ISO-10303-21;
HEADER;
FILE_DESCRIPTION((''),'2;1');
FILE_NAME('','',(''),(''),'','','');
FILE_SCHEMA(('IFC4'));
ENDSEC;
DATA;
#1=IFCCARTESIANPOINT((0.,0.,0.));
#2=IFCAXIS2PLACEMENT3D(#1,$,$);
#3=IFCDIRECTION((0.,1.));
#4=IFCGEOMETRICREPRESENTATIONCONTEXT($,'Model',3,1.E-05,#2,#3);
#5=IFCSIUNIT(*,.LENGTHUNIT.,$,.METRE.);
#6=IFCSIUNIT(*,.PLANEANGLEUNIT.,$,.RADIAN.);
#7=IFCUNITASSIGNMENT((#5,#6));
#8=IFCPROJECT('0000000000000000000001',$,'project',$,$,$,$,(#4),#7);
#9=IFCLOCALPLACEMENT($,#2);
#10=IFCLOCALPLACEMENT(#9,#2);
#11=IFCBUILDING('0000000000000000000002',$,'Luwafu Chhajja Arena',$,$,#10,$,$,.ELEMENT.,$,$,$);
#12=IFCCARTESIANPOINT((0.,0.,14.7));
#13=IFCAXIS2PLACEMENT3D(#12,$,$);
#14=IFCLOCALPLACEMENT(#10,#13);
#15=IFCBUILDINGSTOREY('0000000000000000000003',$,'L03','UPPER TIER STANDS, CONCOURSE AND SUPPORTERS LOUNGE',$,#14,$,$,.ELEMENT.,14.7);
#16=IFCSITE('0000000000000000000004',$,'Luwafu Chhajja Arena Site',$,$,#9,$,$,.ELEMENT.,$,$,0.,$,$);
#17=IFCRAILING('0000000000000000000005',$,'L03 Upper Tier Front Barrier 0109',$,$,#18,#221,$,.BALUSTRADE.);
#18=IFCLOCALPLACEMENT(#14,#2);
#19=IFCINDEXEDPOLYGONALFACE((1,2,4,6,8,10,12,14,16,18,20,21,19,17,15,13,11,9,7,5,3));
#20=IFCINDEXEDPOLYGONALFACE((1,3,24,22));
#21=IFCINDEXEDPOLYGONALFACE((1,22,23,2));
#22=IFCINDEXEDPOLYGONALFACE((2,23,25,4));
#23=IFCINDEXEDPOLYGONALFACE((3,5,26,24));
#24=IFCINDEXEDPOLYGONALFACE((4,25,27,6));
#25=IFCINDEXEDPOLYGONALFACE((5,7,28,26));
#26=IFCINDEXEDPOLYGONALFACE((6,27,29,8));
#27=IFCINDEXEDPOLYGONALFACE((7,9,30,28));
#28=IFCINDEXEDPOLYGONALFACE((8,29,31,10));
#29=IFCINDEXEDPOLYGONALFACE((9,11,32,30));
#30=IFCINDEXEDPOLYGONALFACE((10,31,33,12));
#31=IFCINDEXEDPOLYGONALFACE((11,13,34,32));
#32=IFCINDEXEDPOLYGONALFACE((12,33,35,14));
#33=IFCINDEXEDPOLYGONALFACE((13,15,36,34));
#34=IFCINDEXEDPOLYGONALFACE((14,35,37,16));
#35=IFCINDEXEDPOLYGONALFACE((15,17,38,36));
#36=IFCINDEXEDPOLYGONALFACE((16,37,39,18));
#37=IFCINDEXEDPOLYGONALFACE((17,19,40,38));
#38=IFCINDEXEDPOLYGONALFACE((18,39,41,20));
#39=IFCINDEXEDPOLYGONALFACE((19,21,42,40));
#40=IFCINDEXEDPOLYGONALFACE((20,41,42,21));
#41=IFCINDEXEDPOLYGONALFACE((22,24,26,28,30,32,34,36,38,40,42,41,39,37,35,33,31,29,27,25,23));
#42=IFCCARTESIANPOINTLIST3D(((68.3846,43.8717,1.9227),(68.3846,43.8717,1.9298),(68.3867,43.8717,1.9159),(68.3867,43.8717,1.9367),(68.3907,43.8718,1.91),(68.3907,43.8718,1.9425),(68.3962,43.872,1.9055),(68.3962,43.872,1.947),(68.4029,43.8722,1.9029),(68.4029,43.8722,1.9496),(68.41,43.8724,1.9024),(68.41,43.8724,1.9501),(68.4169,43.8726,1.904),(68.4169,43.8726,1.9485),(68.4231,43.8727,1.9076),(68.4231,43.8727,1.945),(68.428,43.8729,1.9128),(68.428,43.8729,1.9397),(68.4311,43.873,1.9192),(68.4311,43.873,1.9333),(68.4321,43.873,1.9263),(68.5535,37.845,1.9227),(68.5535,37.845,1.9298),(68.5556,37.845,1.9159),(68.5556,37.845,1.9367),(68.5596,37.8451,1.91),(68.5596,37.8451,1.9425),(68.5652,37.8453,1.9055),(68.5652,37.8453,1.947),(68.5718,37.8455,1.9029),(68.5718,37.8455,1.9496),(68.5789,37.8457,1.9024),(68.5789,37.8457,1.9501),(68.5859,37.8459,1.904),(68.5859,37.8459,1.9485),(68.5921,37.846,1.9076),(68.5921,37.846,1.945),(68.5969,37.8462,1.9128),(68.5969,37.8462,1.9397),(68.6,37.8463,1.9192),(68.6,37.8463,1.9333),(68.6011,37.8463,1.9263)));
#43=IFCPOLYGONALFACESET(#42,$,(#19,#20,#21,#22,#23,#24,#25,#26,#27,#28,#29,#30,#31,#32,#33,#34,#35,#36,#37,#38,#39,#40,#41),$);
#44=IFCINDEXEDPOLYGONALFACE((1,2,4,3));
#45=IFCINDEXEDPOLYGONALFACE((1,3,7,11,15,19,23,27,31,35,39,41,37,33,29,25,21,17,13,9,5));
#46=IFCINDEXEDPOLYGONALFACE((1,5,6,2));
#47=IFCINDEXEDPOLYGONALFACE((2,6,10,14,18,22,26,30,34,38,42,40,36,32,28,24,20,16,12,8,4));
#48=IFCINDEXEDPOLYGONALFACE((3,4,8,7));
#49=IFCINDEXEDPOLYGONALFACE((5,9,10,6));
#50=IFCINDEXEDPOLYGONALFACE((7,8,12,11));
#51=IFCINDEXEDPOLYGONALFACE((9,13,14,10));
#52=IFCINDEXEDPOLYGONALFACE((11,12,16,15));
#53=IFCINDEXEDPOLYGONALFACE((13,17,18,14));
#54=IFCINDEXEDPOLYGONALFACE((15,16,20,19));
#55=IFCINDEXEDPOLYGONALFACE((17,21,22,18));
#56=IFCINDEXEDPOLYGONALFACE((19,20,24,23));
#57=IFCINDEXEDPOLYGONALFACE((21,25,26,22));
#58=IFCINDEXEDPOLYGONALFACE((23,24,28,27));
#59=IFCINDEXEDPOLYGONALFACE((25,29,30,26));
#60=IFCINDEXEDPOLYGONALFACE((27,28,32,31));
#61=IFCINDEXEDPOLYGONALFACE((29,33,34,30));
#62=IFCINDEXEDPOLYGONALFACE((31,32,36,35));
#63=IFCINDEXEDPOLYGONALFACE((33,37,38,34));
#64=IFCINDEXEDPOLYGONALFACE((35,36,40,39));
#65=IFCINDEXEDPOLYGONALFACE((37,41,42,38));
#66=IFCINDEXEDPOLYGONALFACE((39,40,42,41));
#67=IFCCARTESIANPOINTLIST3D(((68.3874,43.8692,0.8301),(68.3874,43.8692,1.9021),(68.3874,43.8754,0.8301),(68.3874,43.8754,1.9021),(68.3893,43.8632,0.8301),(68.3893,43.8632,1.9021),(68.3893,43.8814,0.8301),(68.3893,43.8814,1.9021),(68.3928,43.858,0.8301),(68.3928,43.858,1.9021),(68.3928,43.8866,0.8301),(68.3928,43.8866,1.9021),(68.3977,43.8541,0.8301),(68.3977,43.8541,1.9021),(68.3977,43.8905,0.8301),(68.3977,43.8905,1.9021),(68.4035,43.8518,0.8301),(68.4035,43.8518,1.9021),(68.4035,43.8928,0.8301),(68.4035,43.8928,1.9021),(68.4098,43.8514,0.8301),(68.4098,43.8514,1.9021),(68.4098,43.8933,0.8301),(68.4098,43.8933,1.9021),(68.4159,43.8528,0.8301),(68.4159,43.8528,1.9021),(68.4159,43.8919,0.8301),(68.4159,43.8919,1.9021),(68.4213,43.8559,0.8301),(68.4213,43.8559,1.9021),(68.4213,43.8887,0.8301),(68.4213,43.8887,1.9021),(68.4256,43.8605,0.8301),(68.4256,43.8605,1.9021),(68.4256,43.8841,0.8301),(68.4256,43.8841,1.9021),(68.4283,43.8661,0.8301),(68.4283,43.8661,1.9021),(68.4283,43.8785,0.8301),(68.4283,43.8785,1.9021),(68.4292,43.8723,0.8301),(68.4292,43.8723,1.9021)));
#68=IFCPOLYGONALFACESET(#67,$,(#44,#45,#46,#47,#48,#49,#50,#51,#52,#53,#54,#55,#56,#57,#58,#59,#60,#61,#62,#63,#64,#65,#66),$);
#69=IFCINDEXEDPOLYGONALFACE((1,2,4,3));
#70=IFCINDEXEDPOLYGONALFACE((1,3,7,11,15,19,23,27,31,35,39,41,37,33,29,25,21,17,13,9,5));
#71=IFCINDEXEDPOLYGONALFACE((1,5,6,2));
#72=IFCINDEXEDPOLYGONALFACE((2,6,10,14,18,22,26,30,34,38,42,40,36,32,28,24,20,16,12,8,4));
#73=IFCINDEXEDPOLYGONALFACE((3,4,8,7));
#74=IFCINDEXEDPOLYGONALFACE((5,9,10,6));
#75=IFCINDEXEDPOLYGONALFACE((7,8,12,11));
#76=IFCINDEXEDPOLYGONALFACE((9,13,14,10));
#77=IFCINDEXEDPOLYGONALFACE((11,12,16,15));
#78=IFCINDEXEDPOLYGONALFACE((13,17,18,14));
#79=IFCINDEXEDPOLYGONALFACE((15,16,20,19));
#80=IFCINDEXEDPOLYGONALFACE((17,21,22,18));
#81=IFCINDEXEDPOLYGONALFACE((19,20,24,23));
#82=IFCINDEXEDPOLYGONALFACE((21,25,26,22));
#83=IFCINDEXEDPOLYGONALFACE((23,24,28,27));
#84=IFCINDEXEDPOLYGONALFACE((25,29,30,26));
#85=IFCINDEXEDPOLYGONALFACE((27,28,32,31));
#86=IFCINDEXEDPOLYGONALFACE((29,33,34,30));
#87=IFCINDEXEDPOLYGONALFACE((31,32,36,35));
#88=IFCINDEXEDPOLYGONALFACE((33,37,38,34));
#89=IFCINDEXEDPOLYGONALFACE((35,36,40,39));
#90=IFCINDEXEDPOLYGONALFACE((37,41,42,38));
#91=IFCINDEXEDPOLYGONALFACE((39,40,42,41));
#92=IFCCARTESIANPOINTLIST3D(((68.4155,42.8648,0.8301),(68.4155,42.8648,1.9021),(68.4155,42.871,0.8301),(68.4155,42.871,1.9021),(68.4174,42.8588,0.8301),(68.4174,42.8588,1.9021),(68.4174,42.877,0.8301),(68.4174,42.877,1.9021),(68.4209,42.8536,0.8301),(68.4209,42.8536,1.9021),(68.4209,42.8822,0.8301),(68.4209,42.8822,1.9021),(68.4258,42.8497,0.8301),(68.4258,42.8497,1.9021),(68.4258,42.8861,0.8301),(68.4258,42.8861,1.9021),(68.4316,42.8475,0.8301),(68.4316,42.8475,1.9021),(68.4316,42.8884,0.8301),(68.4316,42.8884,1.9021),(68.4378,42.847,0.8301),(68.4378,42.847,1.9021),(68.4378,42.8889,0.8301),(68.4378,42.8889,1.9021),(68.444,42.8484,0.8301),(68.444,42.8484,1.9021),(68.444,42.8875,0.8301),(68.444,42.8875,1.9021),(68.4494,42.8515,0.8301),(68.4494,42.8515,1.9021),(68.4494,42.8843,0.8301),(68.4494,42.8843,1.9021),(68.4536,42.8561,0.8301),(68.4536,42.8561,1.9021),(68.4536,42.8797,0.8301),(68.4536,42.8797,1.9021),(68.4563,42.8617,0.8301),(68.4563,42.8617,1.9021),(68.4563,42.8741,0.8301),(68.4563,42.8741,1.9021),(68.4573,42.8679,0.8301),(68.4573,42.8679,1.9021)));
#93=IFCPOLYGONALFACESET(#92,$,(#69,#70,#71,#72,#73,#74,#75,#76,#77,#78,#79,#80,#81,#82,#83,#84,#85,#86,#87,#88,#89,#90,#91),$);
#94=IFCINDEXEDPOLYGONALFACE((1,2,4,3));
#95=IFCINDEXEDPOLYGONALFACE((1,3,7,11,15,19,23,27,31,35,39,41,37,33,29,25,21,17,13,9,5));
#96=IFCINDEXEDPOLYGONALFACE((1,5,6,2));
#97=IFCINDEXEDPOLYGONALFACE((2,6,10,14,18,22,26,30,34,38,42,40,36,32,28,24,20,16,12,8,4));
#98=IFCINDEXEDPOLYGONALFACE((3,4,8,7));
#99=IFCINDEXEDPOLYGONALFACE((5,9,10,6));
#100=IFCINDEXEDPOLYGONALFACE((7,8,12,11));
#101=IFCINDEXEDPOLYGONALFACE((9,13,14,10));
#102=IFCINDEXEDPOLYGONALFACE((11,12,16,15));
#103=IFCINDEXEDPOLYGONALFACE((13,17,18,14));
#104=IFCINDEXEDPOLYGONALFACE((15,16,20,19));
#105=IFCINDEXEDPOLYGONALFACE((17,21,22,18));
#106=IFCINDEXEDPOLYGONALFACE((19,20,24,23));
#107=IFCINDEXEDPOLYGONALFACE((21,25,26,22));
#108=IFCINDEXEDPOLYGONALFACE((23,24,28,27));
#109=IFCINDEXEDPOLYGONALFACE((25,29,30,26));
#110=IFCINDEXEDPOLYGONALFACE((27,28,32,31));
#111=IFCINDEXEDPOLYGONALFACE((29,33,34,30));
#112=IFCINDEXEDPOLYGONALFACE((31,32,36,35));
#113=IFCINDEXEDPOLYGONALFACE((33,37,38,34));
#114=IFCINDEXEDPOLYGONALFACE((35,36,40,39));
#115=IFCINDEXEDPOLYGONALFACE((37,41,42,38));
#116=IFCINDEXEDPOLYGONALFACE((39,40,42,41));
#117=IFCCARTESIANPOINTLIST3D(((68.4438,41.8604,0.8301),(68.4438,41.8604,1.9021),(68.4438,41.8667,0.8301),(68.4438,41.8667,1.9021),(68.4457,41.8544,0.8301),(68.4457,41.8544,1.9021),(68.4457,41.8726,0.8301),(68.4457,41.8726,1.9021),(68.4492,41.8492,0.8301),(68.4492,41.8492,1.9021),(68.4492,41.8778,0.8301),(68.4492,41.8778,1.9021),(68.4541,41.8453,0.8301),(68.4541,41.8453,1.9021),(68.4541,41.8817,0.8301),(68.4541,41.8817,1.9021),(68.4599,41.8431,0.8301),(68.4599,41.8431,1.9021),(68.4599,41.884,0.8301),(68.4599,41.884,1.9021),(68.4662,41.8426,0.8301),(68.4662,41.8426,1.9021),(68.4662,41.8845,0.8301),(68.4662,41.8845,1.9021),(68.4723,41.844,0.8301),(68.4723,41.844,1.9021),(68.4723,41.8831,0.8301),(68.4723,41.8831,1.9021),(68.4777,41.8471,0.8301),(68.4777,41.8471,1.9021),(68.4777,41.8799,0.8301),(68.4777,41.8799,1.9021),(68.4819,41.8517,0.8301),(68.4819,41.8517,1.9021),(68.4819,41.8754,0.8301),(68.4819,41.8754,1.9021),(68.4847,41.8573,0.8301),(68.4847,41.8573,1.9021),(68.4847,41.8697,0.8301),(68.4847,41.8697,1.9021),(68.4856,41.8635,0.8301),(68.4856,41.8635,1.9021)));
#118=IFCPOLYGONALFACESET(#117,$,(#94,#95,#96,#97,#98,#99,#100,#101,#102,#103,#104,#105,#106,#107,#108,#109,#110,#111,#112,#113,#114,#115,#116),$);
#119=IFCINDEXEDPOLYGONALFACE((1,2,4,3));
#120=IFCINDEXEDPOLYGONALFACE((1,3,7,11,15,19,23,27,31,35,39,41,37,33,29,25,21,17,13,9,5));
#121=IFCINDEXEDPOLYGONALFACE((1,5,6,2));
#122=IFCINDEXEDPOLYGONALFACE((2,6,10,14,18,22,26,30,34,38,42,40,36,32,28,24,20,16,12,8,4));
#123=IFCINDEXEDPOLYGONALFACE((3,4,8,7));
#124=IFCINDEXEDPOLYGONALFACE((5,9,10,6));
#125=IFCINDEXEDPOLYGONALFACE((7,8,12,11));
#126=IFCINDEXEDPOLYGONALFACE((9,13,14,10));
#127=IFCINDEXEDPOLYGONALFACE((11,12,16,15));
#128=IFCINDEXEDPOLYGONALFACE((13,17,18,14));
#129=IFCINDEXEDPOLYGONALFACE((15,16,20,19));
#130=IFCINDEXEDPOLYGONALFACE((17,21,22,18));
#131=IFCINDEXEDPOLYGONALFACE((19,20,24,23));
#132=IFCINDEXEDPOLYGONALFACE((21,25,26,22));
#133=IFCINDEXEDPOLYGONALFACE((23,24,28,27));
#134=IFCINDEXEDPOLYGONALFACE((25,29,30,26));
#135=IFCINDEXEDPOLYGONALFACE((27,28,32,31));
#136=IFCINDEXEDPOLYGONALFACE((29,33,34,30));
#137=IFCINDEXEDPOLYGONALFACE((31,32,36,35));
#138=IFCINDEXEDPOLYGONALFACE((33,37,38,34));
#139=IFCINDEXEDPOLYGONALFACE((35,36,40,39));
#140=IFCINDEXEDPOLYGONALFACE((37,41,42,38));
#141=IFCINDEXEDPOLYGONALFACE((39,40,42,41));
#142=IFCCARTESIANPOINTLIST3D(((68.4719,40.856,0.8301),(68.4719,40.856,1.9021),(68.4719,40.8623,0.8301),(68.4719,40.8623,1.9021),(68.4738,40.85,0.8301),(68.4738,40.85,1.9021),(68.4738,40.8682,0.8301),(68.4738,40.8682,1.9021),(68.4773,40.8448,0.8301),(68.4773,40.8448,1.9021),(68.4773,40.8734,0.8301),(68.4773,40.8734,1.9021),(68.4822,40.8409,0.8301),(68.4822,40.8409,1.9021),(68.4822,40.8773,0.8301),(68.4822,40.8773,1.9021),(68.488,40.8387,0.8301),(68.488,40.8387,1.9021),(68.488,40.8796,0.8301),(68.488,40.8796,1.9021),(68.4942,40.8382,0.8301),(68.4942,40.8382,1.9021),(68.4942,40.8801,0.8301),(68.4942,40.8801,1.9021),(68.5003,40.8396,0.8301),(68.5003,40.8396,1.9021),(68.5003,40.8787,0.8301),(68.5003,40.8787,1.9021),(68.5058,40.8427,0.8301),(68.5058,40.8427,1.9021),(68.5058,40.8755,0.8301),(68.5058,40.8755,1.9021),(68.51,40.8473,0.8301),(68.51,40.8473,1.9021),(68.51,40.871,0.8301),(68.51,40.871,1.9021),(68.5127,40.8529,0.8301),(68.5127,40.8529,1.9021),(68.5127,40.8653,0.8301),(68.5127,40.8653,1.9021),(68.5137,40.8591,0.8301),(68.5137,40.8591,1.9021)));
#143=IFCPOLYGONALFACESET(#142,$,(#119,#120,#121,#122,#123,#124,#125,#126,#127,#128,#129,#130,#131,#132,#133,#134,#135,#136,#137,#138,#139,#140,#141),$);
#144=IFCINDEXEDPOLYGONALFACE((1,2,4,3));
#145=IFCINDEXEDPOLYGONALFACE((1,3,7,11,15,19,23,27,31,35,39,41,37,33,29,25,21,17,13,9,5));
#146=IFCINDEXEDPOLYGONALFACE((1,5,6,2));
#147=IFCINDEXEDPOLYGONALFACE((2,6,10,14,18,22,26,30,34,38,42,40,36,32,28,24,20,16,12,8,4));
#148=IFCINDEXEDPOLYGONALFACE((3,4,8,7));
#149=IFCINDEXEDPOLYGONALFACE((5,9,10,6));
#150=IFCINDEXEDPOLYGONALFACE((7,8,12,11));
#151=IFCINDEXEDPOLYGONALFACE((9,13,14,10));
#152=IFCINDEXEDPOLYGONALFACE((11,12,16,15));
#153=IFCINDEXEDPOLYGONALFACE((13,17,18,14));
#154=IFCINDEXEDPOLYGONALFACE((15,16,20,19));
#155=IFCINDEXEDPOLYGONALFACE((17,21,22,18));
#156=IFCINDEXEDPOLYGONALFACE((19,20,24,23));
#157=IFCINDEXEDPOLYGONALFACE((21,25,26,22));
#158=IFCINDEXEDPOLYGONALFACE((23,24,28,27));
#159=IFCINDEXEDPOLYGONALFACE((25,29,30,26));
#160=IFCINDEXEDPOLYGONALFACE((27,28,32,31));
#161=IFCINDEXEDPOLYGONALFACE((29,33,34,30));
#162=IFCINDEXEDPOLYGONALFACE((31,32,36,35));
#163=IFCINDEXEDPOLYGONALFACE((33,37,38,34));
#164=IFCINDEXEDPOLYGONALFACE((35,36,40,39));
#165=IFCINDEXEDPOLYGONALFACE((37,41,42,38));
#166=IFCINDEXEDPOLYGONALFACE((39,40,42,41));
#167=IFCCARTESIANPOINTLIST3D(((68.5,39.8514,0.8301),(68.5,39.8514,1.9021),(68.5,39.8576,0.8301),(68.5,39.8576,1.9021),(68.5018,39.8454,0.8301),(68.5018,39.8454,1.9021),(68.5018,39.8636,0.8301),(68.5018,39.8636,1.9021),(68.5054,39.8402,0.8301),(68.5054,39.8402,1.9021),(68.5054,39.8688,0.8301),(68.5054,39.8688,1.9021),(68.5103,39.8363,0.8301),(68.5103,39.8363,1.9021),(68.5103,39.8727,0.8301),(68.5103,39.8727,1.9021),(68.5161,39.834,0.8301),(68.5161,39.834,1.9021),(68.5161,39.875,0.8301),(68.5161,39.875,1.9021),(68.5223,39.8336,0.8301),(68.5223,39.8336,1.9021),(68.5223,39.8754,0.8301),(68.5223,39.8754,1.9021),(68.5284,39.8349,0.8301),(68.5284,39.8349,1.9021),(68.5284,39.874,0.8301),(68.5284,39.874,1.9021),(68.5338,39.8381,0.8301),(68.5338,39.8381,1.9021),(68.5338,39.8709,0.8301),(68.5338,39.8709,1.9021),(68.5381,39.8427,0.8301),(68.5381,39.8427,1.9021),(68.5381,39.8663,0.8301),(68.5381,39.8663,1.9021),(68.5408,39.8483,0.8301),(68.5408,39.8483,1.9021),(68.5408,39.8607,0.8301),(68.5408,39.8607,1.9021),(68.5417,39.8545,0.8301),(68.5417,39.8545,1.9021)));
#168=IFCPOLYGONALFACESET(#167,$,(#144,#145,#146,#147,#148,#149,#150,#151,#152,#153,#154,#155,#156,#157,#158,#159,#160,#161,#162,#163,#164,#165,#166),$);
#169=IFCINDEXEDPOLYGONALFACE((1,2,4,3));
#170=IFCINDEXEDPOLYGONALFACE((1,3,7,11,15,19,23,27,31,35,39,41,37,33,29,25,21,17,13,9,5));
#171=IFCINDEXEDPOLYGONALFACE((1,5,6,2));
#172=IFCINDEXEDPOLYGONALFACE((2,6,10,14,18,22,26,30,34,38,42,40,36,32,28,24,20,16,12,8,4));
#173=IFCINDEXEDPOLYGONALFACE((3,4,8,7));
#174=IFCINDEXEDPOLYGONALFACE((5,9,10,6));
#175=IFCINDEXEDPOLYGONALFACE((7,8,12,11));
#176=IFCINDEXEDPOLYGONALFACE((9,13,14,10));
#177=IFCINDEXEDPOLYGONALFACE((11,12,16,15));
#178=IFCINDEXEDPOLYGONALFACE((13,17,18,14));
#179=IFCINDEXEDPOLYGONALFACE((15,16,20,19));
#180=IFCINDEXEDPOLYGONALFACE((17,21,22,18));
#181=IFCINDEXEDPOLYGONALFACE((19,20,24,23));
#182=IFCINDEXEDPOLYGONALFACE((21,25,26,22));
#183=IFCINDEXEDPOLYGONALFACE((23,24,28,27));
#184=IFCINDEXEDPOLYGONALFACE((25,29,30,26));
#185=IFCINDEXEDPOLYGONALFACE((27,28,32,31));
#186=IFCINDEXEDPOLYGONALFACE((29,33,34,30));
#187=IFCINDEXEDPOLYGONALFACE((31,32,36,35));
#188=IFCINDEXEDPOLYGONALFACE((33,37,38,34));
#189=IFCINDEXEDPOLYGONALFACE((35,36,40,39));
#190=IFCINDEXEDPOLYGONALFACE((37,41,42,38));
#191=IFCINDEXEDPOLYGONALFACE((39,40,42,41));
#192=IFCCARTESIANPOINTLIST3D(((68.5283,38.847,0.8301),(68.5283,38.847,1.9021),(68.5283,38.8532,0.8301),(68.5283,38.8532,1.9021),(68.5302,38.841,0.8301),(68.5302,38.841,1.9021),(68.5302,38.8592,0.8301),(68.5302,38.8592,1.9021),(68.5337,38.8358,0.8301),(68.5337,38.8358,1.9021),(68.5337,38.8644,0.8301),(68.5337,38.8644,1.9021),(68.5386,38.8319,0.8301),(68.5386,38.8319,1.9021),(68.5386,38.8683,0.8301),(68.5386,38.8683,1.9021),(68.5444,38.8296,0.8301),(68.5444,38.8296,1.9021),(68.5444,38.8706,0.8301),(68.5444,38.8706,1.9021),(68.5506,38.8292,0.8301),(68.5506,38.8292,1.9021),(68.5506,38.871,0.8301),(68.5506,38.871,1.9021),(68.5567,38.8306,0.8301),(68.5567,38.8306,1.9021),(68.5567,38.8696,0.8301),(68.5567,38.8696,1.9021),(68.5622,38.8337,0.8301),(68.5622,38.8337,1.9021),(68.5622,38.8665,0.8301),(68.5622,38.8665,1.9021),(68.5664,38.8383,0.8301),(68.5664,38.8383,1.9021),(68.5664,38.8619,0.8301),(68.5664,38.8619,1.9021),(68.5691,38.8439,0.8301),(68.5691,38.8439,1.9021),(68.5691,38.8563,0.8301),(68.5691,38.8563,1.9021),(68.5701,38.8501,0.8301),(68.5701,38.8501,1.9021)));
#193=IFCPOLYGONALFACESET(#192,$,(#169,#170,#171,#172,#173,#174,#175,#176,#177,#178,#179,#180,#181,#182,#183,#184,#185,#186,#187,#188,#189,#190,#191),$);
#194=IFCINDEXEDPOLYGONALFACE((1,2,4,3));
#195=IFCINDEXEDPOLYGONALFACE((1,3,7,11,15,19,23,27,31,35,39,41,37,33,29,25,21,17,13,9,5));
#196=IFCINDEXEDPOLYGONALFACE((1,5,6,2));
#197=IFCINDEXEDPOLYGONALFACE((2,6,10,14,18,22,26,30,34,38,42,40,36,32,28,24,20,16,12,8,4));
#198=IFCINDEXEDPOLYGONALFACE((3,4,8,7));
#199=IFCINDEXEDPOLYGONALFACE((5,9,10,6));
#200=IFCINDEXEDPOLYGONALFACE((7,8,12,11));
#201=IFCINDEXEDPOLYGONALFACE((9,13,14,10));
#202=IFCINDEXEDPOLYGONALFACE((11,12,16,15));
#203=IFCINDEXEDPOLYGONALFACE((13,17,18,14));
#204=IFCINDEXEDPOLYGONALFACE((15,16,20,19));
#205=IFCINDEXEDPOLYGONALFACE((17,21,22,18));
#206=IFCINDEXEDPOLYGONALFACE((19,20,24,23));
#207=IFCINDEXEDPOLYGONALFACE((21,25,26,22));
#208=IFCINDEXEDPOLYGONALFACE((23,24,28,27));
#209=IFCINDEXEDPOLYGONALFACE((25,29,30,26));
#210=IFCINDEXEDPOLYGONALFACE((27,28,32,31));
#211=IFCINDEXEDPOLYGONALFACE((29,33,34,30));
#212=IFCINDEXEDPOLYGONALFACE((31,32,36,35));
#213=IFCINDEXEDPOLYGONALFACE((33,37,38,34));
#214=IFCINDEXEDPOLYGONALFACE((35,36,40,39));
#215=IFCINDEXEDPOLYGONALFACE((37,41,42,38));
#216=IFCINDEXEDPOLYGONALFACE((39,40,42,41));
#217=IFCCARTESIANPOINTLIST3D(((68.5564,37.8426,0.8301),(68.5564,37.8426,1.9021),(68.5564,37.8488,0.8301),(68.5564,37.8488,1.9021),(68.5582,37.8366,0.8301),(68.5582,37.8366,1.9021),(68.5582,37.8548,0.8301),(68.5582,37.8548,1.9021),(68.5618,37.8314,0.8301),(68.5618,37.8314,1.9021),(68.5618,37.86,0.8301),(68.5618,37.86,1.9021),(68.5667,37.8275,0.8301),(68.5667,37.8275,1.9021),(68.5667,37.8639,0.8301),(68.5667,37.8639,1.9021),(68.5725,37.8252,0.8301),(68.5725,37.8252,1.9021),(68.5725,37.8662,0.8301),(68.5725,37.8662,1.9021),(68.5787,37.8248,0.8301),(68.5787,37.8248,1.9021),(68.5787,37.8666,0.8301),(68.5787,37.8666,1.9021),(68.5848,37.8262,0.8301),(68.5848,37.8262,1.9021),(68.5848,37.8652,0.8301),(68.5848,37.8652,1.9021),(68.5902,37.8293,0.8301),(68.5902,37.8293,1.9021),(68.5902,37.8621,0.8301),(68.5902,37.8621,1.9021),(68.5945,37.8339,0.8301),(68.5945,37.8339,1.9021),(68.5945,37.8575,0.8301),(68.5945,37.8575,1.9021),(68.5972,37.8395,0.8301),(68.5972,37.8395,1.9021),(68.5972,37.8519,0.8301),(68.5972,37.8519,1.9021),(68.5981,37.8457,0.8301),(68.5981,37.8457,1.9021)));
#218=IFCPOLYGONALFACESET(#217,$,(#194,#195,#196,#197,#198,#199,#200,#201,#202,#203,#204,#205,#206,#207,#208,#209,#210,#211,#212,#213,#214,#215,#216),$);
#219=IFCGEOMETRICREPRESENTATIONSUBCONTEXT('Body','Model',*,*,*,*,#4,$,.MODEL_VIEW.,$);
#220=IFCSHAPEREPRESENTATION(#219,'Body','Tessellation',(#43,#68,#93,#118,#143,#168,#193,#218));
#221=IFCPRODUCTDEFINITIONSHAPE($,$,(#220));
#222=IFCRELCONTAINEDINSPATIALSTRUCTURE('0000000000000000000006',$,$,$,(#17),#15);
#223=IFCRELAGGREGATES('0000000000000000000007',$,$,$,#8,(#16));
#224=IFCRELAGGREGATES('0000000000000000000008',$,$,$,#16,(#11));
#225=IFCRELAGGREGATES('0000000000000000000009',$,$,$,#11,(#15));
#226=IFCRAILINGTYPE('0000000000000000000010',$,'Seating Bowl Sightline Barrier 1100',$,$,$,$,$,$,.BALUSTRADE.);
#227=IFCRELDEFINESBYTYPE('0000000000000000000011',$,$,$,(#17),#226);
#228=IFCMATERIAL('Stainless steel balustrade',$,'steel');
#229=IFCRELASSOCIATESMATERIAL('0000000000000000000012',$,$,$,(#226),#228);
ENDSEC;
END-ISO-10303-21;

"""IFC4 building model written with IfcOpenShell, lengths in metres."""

from ifc_helpers import new_model, si_unit, direction, frame, origin, origin_2d, place, context, subcontext, project, spatial, circle, extrude, material, type_object, element, save


model = new_model("IFC4")

# Units and contexts
model_context = context("Model", 3, precision=1e-05, world=origin(), true_north=direction((0.0, 1.0)))
body_context = subcontext(model_context, "Body", "Model", "MODEL_VIEW")
ifc_project = project(units=[si_unit("LENGTHUNIT", "METRE"), si_unit("PLANEANGLEUNIT", "RADIAN")], contexts=[model_context])

# Site, building, storey
site_placement = place(None, origin())
site = spatial("IfcSite", under=ifc_project, at=site_placement, Name="Luwafu Chhajja Arena Site", CompositionType="ELEMENT", RefElevation=0.0)
building_placement = place(site_placement, origin())
building = spatial("IfcBuilding", under=site, at=building_placement, Name="Luwafu Chhajja Arena", CompositionType="ELEMENT")
storey_placement = place(building_placement, frame((0.0, 0.0, 14.7)))
storey = spatial("IfcBuildingStorey", under=building, at=storey_placement, Name="L03", Description="UPPER TIER STANDS, CONCOURSE AND SUPPORTERS LOUNGE", CompositionType="ELEMENT", Elevation=14.7)

# Railing
ifc_material_1 = material(Name="Stainless steel balustrade", Category="steel")
railing_type_1 = type_object("IfcRailingType", Name="Seating Bowl Sightline Barrier 1100", PredefinedType="BALUSTRADE", material=ifc_material_1)
railing_1_placement = place(storey_placement, frame((68.4082, 43.8723, 0.8301)))
element("IfcRailing", 1, at=railing_1_placement, inside=storey, type_object=railing_type_1, Name="L03 Upper Tier Front Barrier 0109", PredefinedType="BALUSTRADE", context=body_context, shape_type="SweptSolid", body=[
    extrude(circle(Radius=0.0239, at=origin_2d()), frame((0.0, 0.0, 1.0962), z_axis=(0.028022, -0.999607, 0.0), x_axis=(0.999607, 0.028022, 0.0)), (0.0, 0.0, 1.0), 6.0291),
    extrude(circle(Radius=0.021, at=origin_2d()), origin(), (0.0, 0.0, 1.0), 1.072),
    extrude(circle(Radius=0.021, at=origin_2d()), frame((0.0281, -1.0044, 0.0)), (0.0, 0.0, 1.0), 1.072),
    extrude(circle(Radius=0.021, at=origin_2d()), frame((0.0564, -2.0088, 0.0)), (0.0, 0.0, 1.0), 1.072),
    extrude(circle(Radius=0.021, at=origin_2d()), frame((0.0845, -3.0132, 0.0)), (0.0, 0.0, 1.0), 1.072),
    extrude(circle(Radius=0.021, at=origin_2d()), frame((0.1125, -4.0178, 0.0)), (0.0, 0.0, 1.0), 1.072),
    extrude(circle(Radius=0.021, at=origin_2d()), frame((0.1409, -5.0222, 0.0)), (0.0, 0.0, 1.0), 1.072),
    extrude(circle(Radius=0.021, at=origin_2d()), frame((0.1689, -6.0266, 0.0)), (0.0, 0.0, 1.0), 1.072),
])

save(model, "model.ifc")
